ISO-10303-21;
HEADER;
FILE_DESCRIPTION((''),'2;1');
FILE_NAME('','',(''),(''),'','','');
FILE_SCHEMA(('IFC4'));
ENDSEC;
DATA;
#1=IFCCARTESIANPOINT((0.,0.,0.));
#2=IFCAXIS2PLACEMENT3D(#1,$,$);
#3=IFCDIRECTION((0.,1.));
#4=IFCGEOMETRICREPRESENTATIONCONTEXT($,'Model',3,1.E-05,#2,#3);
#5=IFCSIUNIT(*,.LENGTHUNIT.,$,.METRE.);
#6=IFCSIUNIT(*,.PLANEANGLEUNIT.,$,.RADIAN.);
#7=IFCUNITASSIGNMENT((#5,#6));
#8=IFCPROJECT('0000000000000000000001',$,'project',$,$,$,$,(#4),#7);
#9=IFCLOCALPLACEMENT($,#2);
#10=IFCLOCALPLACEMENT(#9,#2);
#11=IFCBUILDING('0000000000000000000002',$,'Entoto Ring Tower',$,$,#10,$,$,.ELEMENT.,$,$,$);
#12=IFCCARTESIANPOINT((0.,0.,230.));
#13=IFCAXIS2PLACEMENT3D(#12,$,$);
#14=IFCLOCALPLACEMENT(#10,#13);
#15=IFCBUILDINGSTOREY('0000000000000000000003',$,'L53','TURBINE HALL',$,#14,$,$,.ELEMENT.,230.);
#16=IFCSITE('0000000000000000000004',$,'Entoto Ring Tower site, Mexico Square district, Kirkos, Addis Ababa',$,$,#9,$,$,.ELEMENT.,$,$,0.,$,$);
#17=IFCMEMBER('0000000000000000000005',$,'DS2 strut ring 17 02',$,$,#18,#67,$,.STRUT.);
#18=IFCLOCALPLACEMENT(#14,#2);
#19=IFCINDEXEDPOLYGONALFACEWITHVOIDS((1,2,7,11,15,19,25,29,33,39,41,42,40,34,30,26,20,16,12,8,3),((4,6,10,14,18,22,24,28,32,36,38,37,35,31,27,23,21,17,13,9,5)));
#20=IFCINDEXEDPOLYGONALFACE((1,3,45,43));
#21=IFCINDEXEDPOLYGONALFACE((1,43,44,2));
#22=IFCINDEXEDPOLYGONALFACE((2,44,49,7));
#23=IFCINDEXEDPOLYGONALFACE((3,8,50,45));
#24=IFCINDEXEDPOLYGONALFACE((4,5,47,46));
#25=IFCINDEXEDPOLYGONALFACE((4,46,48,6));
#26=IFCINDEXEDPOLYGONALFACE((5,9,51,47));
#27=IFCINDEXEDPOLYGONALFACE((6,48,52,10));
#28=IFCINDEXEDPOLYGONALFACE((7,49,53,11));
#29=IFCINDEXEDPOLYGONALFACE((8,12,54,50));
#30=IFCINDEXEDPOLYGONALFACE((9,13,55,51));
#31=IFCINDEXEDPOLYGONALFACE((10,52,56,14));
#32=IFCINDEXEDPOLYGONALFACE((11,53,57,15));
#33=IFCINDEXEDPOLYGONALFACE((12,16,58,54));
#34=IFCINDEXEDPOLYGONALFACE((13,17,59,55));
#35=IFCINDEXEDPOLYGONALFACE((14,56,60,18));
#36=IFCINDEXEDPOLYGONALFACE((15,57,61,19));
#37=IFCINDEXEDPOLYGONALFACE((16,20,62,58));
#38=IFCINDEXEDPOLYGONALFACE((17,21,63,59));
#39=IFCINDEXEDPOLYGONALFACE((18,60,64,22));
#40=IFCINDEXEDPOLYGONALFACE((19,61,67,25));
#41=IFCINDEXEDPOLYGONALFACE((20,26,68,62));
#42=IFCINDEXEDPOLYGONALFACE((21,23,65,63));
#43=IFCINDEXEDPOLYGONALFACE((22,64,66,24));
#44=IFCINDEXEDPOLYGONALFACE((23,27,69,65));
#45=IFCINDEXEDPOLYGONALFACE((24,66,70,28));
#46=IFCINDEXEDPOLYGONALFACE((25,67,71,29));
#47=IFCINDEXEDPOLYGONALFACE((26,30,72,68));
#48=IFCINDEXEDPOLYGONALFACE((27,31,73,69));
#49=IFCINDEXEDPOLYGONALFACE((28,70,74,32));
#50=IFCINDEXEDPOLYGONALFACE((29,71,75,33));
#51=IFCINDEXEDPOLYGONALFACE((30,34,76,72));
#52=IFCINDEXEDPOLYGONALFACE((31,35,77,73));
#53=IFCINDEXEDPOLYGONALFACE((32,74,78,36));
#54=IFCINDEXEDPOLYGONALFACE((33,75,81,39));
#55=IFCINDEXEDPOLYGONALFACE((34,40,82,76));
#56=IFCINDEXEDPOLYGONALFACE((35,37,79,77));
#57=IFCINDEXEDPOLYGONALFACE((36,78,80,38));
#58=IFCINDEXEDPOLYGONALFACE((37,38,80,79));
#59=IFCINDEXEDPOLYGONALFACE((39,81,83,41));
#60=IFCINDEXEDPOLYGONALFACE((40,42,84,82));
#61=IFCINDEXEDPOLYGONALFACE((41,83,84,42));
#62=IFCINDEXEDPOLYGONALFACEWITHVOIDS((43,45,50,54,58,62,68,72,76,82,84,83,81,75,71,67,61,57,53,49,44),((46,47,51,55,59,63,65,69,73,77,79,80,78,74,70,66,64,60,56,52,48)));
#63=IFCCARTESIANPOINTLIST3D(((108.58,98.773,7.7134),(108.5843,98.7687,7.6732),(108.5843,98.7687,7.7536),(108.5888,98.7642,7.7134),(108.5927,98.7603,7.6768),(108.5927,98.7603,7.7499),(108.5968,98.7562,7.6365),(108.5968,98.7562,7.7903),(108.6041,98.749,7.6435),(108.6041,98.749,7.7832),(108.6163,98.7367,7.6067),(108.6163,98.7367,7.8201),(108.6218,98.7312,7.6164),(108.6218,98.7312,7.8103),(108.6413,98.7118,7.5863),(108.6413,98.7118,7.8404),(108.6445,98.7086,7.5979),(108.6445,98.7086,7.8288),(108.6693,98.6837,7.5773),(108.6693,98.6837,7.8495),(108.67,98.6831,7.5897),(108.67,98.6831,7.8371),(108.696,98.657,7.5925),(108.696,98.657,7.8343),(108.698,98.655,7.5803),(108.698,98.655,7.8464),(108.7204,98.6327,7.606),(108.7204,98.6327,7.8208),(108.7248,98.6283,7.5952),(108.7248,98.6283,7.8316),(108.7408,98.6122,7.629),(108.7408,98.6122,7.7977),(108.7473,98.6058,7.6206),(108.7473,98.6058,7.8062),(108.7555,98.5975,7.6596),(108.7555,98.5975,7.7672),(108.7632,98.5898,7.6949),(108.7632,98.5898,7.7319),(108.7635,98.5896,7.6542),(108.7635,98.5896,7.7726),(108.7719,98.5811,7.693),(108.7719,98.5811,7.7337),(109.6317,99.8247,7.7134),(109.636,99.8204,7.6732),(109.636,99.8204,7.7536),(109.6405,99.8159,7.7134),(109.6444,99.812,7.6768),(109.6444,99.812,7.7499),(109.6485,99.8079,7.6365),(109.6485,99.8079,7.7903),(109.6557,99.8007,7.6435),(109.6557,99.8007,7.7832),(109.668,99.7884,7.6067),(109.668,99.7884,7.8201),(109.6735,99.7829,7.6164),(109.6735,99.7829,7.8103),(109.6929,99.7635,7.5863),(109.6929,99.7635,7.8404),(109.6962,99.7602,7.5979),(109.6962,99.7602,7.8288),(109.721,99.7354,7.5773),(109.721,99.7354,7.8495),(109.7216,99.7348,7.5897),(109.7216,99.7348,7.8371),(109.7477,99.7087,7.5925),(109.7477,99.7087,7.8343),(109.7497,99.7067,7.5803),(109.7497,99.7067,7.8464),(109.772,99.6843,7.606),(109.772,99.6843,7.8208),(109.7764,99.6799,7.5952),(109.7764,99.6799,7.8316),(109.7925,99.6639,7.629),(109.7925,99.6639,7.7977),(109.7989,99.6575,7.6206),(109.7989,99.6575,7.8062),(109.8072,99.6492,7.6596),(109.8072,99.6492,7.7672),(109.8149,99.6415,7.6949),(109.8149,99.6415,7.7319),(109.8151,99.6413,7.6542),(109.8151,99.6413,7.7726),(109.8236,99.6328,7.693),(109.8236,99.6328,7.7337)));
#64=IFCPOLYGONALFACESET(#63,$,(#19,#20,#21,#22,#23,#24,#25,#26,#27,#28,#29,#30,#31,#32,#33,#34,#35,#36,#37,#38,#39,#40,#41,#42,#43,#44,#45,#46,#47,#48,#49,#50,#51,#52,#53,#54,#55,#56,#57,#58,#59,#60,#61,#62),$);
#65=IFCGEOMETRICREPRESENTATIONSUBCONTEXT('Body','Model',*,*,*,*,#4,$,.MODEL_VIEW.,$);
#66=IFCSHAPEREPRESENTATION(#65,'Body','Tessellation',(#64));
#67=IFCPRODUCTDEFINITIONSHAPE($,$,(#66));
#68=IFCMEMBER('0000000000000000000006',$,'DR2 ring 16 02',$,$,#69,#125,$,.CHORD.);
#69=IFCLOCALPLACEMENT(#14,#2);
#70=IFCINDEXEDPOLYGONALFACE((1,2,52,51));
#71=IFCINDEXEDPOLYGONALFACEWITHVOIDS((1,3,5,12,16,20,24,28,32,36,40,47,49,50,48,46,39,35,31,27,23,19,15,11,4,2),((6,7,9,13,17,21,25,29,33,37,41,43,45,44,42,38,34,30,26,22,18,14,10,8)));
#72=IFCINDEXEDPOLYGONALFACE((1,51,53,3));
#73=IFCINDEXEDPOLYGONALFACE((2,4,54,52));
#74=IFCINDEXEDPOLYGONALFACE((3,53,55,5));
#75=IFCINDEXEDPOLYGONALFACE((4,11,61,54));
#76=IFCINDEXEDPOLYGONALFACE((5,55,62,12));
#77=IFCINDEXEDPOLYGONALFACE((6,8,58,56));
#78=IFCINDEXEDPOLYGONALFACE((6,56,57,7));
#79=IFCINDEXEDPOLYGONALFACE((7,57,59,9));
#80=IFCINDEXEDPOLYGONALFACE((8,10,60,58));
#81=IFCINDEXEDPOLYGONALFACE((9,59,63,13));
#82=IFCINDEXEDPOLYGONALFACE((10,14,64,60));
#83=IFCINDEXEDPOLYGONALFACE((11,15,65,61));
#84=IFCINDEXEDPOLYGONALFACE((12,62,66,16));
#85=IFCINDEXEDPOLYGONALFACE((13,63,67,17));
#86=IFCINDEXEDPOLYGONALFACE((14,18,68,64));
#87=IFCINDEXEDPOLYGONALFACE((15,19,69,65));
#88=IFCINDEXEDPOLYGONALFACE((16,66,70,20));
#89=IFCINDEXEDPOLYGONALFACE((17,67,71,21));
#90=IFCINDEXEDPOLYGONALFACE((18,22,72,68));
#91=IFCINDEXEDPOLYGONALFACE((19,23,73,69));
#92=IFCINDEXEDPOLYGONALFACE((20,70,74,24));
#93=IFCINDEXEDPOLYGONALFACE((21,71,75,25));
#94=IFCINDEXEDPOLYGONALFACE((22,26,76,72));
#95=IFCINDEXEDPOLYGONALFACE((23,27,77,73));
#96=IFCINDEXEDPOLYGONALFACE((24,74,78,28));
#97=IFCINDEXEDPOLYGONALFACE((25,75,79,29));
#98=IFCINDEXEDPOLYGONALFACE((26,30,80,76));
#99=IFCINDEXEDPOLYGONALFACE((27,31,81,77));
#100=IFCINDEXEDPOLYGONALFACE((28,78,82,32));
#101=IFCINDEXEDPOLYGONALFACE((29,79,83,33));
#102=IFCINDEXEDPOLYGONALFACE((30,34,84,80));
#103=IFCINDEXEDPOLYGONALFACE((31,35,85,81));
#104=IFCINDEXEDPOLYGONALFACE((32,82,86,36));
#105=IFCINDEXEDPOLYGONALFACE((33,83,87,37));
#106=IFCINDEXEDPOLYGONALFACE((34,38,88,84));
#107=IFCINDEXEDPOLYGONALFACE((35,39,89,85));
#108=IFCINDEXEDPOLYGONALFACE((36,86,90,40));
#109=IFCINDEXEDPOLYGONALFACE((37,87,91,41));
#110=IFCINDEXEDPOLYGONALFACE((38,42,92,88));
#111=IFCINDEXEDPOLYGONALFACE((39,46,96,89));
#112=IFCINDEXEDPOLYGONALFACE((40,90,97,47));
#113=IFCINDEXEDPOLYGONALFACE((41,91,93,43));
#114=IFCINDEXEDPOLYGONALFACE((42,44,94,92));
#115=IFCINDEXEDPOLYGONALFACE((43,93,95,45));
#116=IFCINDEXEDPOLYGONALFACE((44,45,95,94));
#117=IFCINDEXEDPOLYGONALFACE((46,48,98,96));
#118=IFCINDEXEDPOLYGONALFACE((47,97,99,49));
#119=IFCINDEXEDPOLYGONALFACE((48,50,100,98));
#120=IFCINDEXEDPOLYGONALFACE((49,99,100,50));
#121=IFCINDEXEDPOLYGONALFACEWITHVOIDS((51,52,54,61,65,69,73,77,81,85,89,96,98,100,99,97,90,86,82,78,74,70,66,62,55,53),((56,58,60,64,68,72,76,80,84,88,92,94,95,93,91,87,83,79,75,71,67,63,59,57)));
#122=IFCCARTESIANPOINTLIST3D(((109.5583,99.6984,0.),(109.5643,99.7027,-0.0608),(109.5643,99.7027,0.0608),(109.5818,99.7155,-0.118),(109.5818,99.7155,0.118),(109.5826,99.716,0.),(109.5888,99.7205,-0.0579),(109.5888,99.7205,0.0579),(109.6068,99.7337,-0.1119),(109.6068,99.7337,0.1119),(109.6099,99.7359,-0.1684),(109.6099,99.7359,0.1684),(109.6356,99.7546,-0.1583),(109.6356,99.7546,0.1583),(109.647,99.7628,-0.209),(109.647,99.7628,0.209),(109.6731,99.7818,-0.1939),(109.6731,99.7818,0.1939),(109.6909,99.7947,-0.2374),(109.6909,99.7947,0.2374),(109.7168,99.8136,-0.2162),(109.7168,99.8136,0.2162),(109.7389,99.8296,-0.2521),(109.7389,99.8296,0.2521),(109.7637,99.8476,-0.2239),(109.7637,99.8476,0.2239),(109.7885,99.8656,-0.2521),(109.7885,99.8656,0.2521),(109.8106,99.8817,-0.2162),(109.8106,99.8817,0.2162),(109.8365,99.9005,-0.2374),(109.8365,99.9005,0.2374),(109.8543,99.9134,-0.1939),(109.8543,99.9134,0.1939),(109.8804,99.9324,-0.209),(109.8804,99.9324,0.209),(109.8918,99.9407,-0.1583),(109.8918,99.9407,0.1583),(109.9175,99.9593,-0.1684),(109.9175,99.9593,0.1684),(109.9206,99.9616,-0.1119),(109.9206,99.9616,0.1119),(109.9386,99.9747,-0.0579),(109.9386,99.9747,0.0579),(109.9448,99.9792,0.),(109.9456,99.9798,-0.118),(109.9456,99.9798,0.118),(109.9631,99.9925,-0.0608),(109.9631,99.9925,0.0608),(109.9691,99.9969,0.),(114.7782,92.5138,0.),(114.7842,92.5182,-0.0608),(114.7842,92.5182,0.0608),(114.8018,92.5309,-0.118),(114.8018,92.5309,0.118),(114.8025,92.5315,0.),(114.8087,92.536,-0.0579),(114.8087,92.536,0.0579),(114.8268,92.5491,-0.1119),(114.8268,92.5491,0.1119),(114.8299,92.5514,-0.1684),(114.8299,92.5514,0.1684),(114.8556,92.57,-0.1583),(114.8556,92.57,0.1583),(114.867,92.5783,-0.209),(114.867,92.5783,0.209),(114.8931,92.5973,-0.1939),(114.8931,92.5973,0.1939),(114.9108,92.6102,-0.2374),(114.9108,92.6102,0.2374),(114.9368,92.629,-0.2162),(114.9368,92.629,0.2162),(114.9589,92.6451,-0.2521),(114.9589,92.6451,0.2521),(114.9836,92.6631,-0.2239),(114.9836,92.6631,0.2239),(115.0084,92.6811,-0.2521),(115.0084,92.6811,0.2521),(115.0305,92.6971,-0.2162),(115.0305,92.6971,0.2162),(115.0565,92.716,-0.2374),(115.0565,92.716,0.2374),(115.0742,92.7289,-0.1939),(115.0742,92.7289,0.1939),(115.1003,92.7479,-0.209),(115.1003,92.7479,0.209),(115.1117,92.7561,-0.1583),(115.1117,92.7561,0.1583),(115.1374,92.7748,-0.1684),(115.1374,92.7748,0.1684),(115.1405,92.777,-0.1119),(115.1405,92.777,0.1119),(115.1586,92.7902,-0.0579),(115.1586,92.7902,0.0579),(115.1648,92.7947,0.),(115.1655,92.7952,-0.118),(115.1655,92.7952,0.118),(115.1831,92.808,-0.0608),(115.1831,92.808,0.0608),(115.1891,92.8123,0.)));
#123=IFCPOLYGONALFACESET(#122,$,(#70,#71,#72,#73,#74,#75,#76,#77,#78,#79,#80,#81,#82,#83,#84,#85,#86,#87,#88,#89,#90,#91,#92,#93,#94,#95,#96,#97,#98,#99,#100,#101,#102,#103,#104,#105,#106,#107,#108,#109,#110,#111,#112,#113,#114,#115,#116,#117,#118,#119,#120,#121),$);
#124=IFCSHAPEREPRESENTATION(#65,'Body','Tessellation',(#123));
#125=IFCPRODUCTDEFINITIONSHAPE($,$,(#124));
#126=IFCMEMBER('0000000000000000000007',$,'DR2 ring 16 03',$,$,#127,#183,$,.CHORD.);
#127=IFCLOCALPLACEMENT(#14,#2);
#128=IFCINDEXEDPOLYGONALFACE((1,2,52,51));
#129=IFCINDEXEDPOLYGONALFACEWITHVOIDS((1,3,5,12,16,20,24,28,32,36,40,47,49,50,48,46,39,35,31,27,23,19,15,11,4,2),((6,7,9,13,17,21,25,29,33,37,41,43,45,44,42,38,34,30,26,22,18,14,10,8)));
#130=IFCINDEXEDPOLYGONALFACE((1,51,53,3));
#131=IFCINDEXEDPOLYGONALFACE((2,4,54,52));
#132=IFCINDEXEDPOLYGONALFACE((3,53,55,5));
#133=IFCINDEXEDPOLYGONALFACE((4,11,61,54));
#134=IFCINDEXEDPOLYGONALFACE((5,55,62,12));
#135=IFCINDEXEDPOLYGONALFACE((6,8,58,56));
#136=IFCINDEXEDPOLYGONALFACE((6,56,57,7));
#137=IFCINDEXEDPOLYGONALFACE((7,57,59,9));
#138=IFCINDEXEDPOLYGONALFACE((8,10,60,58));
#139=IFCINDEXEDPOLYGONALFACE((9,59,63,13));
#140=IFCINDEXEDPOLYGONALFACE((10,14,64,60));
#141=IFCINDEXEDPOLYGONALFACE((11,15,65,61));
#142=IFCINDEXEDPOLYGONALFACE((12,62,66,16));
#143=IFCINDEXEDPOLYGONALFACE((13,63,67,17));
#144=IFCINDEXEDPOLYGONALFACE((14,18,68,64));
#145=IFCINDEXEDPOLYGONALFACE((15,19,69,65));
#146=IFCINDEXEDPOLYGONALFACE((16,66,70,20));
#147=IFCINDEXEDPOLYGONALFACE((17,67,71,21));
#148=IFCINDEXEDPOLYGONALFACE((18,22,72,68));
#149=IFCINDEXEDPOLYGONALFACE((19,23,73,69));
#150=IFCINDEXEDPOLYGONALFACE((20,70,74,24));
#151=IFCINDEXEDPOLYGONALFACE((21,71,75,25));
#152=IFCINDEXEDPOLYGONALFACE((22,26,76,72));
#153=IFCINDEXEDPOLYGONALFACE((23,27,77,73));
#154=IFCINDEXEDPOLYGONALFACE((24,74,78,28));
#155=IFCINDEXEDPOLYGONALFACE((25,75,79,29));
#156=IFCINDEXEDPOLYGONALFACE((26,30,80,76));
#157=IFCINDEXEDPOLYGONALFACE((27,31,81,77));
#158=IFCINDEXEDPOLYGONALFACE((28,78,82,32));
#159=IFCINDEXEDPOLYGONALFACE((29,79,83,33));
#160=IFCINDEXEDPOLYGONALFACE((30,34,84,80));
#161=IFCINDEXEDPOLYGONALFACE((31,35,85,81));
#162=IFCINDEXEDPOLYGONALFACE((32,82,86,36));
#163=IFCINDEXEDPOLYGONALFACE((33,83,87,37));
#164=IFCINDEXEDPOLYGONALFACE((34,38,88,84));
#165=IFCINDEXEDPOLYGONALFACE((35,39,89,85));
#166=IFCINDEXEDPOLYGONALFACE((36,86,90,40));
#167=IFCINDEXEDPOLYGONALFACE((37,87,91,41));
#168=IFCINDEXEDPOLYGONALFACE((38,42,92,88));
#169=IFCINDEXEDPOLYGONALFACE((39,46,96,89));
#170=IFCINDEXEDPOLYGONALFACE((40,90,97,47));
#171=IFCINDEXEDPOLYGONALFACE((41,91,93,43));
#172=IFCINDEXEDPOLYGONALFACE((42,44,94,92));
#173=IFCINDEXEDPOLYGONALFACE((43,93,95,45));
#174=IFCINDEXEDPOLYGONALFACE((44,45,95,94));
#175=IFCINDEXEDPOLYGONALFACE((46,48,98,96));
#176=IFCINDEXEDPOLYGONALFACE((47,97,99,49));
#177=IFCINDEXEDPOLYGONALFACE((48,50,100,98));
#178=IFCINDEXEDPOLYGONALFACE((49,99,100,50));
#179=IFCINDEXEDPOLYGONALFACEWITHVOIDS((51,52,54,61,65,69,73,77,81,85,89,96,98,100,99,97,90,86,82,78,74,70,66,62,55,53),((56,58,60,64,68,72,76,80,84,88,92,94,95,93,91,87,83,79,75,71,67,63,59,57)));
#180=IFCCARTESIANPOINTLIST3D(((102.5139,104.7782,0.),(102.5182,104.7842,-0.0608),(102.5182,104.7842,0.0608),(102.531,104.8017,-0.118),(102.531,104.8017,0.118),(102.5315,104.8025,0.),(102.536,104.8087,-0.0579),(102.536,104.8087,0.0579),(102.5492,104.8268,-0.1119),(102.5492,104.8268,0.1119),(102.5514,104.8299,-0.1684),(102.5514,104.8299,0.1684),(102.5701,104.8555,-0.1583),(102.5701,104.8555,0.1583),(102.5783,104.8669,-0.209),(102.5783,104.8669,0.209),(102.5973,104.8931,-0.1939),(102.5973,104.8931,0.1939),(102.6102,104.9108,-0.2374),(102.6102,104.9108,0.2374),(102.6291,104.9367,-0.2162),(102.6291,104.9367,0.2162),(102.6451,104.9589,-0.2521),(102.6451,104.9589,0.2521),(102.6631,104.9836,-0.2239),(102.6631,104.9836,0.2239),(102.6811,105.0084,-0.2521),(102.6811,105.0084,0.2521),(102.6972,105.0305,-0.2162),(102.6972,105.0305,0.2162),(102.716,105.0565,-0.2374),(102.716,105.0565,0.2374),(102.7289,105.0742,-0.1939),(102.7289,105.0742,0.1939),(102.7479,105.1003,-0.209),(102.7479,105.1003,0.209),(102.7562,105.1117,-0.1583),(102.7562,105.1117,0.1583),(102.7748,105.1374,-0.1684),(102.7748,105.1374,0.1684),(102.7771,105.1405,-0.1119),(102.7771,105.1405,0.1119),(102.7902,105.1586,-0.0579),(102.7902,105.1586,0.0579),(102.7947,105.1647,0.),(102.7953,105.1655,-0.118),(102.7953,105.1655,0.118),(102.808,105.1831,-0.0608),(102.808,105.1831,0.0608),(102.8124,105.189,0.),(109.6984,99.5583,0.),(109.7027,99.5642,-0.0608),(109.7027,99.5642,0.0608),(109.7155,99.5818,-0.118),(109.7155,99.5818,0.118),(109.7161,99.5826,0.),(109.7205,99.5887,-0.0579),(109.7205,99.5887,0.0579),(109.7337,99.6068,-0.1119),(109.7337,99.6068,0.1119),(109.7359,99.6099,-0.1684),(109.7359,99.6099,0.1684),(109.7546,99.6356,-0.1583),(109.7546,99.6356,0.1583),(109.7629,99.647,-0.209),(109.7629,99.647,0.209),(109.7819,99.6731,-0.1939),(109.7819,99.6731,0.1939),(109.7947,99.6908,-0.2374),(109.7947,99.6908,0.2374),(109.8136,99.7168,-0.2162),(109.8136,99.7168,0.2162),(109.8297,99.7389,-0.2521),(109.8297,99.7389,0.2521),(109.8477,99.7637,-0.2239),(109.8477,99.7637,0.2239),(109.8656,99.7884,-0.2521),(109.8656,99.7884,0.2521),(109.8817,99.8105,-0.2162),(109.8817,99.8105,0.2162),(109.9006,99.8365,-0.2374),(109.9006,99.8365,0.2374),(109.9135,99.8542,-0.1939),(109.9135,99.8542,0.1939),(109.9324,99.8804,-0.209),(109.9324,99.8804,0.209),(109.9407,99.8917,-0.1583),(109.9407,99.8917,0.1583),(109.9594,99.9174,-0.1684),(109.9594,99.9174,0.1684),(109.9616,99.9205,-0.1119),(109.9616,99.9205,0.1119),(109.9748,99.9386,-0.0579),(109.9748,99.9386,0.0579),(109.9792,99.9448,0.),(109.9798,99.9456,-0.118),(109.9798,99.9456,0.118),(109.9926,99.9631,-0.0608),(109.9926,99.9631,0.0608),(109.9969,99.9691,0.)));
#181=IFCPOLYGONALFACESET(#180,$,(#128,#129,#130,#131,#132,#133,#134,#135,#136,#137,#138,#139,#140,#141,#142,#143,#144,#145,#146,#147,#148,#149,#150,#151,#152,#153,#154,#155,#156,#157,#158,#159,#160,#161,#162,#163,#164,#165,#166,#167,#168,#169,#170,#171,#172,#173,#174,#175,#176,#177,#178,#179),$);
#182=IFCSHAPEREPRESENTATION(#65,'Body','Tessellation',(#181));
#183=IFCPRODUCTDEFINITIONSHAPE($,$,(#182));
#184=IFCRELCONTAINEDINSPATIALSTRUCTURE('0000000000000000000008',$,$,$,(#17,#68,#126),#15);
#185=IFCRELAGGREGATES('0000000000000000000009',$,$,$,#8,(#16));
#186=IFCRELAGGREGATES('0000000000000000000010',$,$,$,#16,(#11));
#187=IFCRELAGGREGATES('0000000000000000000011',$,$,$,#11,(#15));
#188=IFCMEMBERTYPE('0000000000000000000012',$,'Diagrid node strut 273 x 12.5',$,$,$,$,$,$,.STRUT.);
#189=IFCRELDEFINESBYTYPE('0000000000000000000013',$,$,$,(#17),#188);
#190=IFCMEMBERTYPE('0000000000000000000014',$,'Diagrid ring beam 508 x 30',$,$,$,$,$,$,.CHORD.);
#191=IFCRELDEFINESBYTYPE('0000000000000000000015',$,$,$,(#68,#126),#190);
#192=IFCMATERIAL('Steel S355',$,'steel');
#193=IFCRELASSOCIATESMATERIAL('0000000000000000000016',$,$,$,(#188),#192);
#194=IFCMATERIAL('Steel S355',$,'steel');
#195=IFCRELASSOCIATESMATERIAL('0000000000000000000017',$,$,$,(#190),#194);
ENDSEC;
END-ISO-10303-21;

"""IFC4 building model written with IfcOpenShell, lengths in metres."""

from ifc_helpers import new_model, si_unit, direction, frame, origin, origin_2d, place, context, subcontext, project, spatial, circle, hollow_circle, extrude, material, material_profile, profile_set, type_object, element, save


model = new_model("IFC4")

# Units and contexts
model_context = context("Model", 3, precision=1e-05, world=origin(), true_north=direction((0.0, 1.0)))
body_context = subcontext(model_context, "Body", "Model", "MODEL_VIEW")
ifc_project = project(units=[si_unit("LENGTHUNIT", "METRE"), si_unit("PLANEANGLEUNIT", "RADIAN")], contexts=[model_context])

# Site, building, storey
site_placement = place(None, origin())
site = spatial("IfcSite", under=ifc_project, at=site_placement, Name="Entoto Ring Tower site, Mexico Square district, Kirkos, Addis Ababa", CompositionType="ELEMENT", RefElevation=0.0)
building_placement = place(site_placement, origin())
building = spatial("IfcBuilding", under=site, at=building_placement, Name="Entoto Ring Tower", CompositionType="ELEMENT")
storey_placement = place(building_placement, frame((0.0, 0.0, 230.0)))
storey = spatial("IfcBuildingStorey", under=building, at=storey_placement, Name="L53", Description="TURBINE HALL", CompositionType="ELEMENT", Elevation=230.0)

# Members
ifc_material_1 = material(Name="Steel S355", Category="steel")
ifc_material_profile_1 = material_profile(ifc_material_1, hollow_circle(Radius=0.1365, WallThickness=0.0125, at=origin_2d()), Name="CHS 273 x 12.5")
ifc_material_2 = material(Name="Concrete C60/75", Category="concrete")
ifc_material_profile_2 = material_profile(ifc_material_2, circle(Radius=0.124, at=origin_2d()), Name="Concrete C60/75 infill")
ifc_profile_set_1 = profile_set([ifc_material_profile_1, ifc_material_profile_2], Name="Steel S355")
member_type_1 = type_object("IfcMemberType", Name="Diagrid node strut 273 x 12.5", PredefinedType="STRUT", material=ifc_profile_set_1)
for number, where, z_axis, x_axis, name in (
    (1, (108.6765, 98.6765, 7.7134), (0.707107, 0.707107, 0.0), (-0.707107, 0.707107, 0.0), "DS2 strut ring 17 02"),
):
    element("IfcMember", number, at=place(storey_placement, frame(where, z_axis=z_axis, x_axis=x_axis)), inside=storey, type_object=member_type_1, Name=name, PredefinedType="STRUT", context=body_context, shape_type="SweptSolid", body=[
        extrude(hollow_circle(Radius=0.1365, WallThickness=0.0125, at=origin_2d()), origin(), (0.0, 0.0, 1.0), 1.4873),
    ])
ifc_material_3 = material(Name="Steel S355", Category="steel")
ifc_material_profile_3 = material_profile(ifc_material_3, hollow_circle(Radius=0.2539, WallThickness=0.03, at=origin_2d()), Name="CHS 508 x 30")
ifc_material_4 = material(Name="Concrete C60/75", Category="concrete")
ifc_material_profile_4 = material_profile(ifc_material_4, circle(Radius=0.2241, at=origin_2d()), Name="Concrete C60/75 infill")
ifc_profile_set_2 = profile_set([ifc_material_profile_3, ifc_material_profile_4], Name="Steel S355")
member_type_2 = type_object("IfcMemberType", Name="Diagrid ring beam 508 x 30", PredefinedType="CHORD", material=ifc_profile_set_2)
for number, where, z_axis, x_axis, name in (
    (2, (114.9836, 92.6631, 0.0), (-0.587791, 0.809013, 0.0), (-0.809013, -0.587791, 0.0), "DR2 ring 16 02"),
    (3, (109.8477, 99.7637, 0.0), (-0.809013, 0.587791, 0.0), (-0.587791, -0.809013, 0.0), "DR2 ring 16 03"),
):
    element("IfcMember", number, at=place(storey_placement, frame(where, z_axis=z_axis, x_axis=x_axis)), inside=storey, type_object=member_type_2, Name=name, PredefinedType="CHORD", context=body_context, shape_type="SweptSolid", body=[
        extrude(hollow_circle(Radius=0.2539, WallThickness=0.03, at=origin_2d()), origin(), (0.0, 0.0, 1.0), 8.8806),
    ])

save(model, "model.ifc")
